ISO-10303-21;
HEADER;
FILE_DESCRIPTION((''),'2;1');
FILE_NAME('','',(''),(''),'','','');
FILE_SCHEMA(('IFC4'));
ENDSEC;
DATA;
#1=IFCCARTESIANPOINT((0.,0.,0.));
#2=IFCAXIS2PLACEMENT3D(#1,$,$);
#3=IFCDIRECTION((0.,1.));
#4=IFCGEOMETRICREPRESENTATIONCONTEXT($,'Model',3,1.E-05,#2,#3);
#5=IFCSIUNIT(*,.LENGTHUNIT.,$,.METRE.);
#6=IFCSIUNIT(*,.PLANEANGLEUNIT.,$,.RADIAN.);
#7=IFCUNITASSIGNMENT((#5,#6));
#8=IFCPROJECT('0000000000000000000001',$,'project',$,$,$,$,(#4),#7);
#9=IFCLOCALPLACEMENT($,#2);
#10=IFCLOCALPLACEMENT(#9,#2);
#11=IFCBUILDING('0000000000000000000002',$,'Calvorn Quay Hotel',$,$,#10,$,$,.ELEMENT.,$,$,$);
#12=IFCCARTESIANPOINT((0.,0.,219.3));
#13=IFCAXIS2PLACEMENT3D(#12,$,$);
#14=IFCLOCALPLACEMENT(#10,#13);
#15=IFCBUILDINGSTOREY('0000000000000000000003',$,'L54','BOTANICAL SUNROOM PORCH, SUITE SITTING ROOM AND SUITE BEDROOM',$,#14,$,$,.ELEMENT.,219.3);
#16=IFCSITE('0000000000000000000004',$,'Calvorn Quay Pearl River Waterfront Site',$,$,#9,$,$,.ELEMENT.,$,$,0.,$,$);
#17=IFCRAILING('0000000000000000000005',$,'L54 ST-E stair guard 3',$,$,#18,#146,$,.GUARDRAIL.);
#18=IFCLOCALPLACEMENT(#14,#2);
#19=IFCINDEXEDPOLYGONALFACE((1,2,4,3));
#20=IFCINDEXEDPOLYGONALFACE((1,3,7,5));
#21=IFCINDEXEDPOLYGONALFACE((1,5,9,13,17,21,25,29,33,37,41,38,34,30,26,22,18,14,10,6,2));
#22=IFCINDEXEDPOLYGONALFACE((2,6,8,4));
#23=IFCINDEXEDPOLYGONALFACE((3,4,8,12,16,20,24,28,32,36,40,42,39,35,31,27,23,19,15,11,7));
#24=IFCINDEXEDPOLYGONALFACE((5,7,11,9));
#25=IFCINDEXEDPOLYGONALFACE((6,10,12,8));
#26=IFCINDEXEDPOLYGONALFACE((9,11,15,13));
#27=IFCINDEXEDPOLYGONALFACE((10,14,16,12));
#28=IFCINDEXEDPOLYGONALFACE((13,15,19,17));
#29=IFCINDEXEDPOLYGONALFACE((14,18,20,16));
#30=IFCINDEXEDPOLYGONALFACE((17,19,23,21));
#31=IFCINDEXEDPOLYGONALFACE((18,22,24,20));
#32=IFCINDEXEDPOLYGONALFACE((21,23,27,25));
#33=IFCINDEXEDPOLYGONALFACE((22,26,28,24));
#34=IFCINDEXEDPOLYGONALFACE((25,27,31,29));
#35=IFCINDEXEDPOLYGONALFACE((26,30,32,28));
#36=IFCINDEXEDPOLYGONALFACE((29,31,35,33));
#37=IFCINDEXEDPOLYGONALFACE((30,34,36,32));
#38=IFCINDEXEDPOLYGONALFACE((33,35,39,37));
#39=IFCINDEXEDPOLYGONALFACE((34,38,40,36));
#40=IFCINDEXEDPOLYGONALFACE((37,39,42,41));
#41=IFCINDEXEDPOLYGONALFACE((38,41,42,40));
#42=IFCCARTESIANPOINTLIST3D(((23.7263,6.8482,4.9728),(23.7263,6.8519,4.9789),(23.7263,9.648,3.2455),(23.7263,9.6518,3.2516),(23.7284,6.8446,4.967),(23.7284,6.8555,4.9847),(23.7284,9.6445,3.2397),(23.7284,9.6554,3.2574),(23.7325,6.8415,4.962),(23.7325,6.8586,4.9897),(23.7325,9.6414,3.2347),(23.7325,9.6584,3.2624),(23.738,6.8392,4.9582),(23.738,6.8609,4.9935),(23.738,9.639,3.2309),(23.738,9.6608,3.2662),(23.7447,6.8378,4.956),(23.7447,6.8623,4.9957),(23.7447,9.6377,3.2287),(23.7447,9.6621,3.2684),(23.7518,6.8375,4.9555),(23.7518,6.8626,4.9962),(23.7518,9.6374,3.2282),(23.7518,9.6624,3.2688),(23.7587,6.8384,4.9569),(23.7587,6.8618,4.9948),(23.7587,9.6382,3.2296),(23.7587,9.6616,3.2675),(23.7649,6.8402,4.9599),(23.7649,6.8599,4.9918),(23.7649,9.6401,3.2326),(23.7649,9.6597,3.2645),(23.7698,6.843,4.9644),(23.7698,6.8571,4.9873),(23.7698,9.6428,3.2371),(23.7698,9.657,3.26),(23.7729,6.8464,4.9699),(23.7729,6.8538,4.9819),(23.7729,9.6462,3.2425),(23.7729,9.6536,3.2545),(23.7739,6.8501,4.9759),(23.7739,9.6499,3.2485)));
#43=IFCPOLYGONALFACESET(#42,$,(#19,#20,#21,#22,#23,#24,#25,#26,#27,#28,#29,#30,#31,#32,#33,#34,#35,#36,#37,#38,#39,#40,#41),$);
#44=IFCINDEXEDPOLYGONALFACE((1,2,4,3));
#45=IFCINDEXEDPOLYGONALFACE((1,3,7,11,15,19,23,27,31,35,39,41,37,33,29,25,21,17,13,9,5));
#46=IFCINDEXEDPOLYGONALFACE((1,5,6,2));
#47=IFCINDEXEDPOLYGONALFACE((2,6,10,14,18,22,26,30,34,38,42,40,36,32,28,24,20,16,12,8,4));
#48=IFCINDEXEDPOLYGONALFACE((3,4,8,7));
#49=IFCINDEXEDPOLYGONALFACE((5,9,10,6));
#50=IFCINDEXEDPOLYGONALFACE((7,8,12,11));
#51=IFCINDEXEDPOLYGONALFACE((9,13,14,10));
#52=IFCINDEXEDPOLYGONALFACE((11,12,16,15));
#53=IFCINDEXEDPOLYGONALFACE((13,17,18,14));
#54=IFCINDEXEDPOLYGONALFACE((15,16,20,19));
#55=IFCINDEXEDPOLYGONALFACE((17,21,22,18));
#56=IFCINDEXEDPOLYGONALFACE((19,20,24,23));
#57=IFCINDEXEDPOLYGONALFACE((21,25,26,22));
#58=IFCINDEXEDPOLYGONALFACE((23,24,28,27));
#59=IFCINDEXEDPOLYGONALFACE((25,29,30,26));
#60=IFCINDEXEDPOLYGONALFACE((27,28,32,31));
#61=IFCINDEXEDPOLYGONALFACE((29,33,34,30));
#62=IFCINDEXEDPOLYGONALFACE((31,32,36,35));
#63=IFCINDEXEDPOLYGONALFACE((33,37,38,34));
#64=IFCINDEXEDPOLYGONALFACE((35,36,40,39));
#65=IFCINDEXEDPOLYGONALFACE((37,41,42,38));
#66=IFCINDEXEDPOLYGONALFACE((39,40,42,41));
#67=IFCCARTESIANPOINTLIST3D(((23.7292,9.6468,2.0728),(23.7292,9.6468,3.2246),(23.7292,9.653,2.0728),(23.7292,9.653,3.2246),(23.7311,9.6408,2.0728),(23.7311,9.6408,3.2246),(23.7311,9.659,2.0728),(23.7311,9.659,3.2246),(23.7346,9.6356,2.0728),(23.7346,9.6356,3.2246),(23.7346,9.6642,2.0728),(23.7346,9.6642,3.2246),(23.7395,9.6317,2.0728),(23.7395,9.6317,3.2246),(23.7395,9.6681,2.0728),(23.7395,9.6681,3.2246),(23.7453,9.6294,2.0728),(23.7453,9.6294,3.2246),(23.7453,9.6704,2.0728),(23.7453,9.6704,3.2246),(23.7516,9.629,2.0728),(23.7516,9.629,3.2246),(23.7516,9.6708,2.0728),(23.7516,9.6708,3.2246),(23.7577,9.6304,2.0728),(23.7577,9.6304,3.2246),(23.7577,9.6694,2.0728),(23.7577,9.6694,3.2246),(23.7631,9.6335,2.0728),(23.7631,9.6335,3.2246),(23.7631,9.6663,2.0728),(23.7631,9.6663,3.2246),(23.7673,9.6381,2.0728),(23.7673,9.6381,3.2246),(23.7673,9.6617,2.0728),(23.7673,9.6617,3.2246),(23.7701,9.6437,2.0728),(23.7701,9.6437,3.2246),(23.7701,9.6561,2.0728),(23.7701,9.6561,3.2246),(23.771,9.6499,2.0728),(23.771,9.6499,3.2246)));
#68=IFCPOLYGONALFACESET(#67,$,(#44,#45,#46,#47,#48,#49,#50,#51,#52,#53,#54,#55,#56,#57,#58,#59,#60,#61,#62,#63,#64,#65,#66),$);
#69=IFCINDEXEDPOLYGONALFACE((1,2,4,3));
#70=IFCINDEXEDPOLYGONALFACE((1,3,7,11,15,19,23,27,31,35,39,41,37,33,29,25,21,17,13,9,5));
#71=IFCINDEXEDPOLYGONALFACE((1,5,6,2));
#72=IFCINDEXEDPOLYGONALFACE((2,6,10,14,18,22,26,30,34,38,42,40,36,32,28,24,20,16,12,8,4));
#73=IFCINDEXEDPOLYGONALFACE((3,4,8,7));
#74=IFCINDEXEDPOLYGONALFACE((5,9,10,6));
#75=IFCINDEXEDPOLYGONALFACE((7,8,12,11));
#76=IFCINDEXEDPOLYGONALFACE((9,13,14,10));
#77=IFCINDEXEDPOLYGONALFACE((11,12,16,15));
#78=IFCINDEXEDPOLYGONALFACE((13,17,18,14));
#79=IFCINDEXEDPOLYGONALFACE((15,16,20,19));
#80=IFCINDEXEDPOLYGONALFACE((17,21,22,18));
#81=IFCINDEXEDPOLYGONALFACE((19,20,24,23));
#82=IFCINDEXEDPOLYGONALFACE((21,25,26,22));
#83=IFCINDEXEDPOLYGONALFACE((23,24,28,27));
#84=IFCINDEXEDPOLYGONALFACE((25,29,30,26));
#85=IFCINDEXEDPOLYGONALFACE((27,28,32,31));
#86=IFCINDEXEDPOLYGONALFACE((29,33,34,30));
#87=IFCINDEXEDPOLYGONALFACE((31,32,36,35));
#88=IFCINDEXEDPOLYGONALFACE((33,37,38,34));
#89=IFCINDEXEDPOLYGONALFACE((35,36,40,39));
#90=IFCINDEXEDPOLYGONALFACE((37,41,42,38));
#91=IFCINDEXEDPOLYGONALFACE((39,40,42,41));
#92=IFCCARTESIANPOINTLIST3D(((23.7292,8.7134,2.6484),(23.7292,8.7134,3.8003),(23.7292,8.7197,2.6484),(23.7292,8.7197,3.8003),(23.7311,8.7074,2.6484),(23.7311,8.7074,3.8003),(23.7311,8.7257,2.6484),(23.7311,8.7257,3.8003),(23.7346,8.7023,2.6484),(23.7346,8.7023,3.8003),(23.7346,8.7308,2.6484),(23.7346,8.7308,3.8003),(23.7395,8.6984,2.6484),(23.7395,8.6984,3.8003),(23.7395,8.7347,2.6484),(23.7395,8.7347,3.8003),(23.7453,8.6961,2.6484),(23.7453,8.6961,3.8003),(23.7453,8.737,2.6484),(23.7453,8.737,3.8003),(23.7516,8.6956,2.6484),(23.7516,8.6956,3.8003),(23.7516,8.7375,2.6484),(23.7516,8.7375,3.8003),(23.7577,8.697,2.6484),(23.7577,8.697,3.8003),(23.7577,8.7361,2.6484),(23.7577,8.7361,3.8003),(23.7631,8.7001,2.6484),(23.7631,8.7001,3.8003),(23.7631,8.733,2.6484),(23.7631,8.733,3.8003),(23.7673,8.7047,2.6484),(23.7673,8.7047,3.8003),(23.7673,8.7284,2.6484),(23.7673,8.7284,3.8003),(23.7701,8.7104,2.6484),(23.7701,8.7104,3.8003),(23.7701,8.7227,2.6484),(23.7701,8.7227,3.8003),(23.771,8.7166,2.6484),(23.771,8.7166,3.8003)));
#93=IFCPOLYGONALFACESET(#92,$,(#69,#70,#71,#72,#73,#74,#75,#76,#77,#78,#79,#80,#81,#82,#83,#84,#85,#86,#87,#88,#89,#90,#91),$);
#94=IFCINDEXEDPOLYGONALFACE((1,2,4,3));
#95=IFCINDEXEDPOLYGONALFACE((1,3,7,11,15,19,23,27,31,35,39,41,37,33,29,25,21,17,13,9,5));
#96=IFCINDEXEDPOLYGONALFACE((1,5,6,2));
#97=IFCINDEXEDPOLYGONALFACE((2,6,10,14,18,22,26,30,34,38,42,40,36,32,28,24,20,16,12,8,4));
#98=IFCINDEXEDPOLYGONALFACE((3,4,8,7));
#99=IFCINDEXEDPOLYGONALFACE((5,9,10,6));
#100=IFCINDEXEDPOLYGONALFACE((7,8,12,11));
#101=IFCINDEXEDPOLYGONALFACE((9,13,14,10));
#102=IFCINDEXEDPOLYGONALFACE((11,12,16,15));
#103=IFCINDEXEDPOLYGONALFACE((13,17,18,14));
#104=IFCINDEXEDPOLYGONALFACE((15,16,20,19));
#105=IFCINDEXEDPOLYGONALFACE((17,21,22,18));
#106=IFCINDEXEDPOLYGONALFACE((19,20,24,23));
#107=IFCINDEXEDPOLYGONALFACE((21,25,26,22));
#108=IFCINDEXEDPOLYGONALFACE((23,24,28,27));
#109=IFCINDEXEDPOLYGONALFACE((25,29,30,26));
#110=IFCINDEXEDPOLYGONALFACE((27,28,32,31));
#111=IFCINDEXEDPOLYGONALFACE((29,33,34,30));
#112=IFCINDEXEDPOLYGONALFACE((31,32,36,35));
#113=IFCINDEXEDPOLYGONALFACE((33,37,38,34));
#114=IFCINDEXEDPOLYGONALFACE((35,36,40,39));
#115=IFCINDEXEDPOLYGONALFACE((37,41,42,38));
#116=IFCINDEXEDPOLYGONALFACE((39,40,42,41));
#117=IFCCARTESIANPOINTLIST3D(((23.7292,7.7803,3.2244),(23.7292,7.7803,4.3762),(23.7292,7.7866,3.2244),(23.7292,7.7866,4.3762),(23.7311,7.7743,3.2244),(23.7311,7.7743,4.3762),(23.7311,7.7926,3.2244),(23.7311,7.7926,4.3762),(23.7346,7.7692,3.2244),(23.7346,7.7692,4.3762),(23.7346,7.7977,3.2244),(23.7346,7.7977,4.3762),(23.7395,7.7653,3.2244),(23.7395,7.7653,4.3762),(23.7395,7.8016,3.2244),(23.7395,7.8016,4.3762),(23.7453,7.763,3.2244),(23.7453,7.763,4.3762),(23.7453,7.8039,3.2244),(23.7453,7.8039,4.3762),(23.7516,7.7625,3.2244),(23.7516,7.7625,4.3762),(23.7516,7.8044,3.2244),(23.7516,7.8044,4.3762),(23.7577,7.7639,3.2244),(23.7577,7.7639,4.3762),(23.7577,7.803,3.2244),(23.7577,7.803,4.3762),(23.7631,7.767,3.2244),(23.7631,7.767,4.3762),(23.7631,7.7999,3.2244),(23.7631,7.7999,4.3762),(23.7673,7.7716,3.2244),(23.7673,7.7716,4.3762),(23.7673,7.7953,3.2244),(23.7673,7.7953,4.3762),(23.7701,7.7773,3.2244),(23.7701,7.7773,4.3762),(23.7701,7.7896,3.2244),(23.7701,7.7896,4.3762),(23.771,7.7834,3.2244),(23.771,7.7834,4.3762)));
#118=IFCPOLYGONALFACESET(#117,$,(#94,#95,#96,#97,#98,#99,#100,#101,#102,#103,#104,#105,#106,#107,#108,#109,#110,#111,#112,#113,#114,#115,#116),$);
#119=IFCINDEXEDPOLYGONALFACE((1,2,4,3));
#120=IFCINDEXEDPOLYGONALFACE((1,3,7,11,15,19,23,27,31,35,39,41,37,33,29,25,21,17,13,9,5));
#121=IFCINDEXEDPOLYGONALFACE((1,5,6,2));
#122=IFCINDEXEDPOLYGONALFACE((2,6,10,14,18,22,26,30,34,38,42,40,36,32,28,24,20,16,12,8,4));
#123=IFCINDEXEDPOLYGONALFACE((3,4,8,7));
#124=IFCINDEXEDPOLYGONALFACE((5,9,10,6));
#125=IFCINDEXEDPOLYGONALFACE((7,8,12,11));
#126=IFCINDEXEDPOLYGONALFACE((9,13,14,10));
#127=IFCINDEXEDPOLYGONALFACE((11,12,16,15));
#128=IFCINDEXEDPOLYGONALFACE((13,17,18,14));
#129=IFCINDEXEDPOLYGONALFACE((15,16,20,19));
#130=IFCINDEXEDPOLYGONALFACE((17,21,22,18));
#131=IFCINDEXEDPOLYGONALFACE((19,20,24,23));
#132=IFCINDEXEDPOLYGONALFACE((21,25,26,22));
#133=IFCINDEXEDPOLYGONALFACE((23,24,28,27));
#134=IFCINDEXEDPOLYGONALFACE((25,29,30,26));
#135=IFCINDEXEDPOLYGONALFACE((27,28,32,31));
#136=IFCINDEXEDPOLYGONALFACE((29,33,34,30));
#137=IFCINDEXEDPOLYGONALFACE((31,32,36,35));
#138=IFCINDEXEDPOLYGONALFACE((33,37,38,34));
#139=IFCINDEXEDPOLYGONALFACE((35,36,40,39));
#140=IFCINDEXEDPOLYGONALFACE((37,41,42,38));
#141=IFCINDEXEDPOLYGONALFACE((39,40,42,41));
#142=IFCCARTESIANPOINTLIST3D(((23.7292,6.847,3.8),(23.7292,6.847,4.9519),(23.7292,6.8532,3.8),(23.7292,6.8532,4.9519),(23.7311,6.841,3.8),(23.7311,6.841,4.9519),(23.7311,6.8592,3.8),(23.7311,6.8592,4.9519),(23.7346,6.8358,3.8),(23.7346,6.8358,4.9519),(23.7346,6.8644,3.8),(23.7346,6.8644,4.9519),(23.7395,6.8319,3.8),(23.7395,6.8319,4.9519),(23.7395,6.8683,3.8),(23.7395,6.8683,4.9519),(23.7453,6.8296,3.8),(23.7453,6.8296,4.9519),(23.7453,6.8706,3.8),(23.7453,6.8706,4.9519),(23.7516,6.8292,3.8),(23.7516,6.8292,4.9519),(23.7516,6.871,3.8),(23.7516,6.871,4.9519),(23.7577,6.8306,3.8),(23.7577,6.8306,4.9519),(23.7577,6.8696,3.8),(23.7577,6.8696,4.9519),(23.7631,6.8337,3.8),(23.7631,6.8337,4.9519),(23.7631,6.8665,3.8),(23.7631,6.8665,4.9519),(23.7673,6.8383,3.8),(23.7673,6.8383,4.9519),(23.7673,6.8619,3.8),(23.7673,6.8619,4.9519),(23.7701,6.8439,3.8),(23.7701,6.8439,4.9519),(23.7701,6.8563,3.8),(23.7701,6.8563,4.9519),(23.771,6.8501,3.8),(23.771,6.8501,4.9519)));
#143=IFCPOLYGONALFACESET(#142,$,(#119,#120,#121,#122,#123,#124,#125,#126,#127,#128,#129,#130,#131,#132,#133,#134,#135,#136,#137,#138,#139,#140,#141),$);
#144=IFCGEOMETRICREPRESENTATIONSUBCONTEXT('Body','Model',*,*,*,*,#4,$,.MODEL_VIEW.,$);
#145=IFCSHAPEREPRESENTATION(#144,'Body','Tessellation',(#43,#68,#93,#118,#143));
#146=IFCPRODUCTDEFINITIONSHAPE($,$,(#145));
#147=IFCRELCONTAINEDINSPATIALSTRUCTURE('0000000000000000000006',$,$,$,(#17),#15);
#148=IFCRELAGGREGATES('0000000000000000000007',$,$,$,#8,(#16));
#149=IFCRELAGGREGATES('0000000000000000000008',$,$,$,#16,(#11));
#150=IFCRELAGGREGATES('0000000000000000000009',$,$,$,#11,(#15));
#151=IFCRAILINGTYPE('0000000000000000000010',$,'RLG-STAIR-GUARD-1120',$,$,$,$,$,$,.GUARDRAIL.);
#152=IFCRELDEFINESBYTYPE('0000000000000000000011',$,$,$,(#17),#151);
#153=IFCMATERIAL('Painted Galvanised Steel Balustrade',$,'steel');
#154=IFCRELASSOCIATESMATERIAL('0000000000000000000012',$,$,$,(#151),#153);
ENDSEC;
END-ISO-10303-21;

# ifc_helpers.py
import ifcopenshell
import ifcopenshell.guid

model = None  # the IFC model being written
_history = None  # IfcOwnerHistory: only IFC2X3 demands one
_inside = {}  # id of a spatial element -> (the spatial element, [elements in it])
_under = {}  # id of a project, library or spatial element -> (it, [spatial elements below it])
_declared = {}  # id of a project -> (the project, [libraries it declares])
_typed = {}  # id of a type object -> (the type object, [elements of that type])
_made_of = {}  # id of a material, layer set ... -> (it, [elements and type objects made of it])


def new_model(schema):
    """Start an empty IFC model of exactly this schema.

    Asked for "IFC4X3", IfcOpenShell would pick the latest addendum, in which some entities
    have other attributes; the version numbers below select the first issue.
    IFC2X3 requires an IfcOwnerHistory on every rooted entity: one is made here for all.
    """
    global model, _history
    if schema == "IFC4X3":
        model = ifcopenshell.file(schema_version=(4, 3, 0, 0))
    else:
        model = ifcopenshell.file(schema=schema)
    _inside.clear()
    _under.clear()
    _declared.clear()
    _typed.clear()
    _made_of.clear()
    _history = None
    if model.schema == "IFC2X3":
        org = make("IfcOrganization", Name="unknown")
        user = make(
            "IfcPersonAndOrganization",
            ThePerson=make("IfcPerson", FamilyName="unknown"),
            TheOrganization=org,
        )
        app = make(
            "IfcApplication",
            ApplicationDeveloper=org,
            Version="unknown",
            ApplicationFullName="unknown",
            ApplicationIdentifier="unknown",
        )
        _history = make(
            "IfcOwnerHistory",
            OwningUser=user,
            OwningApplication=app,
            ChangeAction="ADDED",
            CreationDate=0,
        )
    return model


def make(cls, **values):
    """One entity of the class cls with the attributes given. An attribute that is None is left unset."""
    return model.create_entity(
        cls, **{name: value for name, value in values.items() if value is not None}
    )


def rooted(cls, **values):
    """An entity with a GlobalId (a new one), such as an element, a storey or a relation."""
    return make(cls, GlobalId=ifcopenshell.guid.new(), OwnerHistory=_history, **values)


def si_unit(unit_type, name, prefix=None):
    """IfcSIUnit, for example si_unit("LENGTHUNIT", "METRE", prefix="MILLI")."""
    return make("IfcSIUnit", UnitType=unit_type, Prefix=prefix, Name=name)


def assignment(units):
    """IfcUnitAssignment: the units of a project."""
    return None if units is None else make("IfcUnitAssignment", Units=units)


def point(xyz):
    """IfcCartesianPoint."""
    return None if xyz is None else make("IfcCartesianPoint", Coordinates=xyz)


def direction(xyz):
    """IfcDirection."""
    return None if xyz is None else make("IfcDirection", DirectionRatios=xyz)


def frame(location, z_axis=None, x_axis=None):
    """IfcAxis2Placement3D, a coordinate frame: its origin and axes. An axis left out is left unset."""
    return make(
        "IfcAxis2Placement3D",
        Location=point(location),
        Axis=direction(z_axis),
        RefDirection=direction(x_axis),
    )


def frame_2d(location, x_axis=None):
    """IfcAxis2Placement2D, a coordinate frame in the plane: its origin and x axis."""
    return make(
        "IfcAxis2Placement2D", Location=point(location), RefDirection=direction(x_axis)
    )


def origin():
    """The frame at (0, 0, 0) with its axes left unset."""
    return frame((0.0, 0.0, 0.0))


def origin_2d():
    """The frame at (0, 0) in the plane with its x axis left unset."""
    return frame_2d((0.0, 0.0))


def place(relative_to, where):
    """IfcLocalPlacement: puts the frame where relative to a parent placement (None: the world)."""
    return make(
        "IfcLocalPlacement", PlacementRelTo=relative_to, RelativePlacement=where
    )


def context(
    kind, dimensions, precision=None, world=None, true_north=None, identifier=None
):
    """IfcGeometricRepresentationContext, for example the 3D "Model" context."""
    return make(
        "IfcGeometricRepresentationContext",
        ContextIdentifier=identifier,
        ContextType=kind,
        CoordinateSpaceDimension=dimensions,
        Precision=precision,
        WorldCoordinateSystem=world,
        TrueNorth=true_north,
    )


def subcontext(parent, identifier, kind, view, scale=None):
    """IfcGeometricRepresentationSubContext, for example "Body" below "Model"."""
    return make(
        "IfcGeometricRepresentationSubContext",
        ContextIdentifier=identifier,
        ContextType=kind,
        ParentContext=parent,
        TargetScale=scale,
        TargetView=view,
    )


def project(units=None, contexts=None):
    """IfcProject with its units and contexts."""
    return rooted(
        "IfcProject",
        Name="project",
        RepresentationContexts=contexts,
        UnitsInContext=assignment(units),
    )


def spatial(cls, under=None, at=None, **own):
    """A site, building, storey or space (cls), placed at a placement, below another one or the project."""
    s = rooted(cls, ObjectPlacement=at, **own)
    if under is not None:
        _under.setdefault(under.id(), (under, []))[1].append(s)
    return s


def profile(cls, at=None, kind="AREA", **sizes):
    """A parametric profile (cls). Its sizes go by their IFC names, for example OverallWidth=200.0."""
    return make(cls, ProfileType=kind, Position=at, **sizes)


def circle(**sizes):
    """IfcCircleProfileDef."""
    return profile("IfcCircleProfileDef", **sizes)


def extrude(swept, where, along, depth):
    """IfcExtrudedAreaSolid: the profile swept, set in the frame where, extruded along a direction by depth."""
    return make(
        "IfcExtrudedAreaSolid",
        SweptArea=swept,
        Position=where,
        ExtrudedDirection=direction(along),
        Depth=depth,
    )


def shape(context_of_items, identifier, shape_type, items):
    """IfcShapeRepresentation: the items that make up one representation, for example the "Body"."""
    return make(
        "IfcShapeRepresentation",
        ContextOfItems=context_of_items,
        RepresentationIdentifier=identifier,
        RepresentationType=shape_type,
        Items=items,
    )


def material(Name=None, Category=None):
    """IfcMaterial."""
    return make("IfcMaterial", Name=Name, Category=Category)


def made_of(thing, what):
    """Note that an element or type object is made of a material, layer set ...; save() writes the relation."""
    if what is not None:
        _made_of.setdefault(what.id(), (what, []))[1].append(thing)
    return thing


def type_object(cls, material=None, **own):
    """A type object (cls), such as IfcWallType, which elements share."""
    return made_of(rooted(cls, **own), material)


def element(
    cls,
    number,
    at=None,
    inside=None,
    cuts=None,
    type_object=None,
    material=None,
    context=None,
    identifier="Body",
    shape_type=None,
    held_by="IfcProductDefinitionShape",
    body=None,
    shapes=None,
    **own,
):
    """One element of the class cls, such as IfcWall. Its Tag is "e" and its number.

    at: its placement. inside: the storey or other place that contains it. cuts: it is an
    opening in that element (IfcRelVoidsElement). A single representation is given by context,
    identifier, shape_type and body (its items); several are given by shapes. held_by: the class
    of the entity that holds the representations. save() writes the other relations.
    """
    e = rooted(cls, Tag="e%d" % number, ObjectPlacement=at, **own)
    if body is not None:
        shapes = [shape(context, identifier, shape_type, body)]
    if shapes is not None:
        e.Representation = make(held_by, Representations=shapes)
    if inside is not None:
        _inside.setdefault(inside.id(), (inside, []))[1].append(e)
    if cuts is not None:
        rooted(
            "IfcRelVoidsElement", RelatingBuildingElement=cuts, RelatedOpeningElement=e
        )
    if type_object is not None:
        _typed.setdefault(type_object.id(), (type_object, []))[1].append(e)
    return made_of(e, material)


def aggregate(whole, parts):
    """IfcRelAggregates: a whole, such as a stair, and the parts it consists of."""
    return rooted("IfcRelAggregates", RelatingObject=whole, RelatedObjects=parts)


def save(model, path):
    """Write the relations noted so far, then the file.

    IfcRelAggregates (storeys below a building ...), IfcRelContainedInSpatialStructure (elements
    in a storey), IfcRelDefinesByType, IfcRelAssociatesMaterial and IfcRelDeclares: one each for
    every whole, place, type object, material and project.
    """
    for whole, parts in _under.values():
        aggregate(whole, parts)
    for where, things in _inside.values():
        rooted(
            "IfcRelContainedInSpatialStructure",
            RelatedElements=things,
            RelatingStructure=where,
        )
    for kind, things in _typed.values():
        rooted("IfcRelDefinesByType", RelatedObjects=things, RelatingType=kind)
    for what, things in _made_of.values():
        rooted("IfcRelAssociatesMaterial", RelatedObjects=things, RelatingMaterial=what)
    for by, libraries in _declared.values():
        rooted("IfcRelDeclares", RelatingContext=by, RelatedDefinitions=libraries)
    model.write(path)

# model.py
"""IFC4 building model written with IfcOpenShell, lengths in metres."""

from ifc_helpers import new_model, si_unit, direction, frame, origin, origin_2d, place, context, subcontext, project, spatial, circle, extrude, material, type_object, element, save


model = new_model("IFC4")

# Units and contexts
model_context = context("Model", 3, precision=1e-05, world=origin(), true_north=direction((0.0, 1.0)))
body_context = subcontext(model_context, "Body", "Model", "MODEL_VIEW")
ifc_project = project(units=[si_unit("LENGTHUNIT", "METRE"), si_unit("PLANEANGLEUNIT", "RADIAN")], contexts=[model_context])

# Site, building, storey
site_placement = place(None, origin())
site = spatial("IfcSite", under=ifc_project, at=site_placement, Name="Calvorn Quay Pearl River Waterfront Site", CompositionType="ELEMENT", RefElevation=0.0)
building_placement = place(site_placement, origin())
building = spatial("IfcBuilding", under=site, at=building_placement, Name="Calvorn Quay Hotel", CompositionType="ELEMENT")
storey_placement = place(building_placement, frame((0.0, 0.0, 219.3)))
storey = spatial("IfcBuildingStorey", under=building, at=storey_placement, Name="L54", Description="BOTANICAL SUNROOM PORCH, SUITE SITTING ROOM AND SUITE BEDROOM", CompositionType="ELEMENT", Elevation=219.3)

# Railing
ifc_material_1 = material(Name="Painted Galvanised Steel Balustrade", Category="steel")
railing_type_1 = type_object("IfcRailingType", Name="RLG-STAIR-GUARD-1120", PredefinedType="GUARDRAIL", material=ifc_material_1)
railing_1_placement = place(storey_placement, frame((23.75, 9.6499, 2.0728)))
element("IfcRailing", 1, at=railing_1_placement, inside=storey, type_object=railing_type_1, Name="L54 ST-E stair guard 3", PredefinedType="GUARDRAIL", context=body_context, shape_type="SweptSolid", body=[
    extrude(circle(Radius=0.0239, at=origin_2d()), frame((0.0, 0.0, 1.1758), z_axis=(0.0, -0.851069, 0.525054), x_axis=(1.0, 0.0, 0.0)), (0.0, 0.0, 1.0), 3.2898),
    extrude(circle(Radius=0.021, at=origin_2d()), origin(), (0.0, 0.0, 1.0), 1.1519),
    extrude(circle(Radius=0.021, at=origin_2d()), frame((0.0, -0.9333, 0.5757)), (0.0, 0.0, 1.0), 1.1519),
    extrude(circle(Radius=0.021, at=origin_2d()), frame((0.0, -1.8665, 1.1516)), (0.0, 0.0, 1.0), 1.1519),
    extrude(circle(Radius=0.021, at=origin_2d()), frame((0.0, -2.7998, 1.7273)), (0.0, 0.0, 1.0), 1.1519),
])

save(model, "model.ifc")
